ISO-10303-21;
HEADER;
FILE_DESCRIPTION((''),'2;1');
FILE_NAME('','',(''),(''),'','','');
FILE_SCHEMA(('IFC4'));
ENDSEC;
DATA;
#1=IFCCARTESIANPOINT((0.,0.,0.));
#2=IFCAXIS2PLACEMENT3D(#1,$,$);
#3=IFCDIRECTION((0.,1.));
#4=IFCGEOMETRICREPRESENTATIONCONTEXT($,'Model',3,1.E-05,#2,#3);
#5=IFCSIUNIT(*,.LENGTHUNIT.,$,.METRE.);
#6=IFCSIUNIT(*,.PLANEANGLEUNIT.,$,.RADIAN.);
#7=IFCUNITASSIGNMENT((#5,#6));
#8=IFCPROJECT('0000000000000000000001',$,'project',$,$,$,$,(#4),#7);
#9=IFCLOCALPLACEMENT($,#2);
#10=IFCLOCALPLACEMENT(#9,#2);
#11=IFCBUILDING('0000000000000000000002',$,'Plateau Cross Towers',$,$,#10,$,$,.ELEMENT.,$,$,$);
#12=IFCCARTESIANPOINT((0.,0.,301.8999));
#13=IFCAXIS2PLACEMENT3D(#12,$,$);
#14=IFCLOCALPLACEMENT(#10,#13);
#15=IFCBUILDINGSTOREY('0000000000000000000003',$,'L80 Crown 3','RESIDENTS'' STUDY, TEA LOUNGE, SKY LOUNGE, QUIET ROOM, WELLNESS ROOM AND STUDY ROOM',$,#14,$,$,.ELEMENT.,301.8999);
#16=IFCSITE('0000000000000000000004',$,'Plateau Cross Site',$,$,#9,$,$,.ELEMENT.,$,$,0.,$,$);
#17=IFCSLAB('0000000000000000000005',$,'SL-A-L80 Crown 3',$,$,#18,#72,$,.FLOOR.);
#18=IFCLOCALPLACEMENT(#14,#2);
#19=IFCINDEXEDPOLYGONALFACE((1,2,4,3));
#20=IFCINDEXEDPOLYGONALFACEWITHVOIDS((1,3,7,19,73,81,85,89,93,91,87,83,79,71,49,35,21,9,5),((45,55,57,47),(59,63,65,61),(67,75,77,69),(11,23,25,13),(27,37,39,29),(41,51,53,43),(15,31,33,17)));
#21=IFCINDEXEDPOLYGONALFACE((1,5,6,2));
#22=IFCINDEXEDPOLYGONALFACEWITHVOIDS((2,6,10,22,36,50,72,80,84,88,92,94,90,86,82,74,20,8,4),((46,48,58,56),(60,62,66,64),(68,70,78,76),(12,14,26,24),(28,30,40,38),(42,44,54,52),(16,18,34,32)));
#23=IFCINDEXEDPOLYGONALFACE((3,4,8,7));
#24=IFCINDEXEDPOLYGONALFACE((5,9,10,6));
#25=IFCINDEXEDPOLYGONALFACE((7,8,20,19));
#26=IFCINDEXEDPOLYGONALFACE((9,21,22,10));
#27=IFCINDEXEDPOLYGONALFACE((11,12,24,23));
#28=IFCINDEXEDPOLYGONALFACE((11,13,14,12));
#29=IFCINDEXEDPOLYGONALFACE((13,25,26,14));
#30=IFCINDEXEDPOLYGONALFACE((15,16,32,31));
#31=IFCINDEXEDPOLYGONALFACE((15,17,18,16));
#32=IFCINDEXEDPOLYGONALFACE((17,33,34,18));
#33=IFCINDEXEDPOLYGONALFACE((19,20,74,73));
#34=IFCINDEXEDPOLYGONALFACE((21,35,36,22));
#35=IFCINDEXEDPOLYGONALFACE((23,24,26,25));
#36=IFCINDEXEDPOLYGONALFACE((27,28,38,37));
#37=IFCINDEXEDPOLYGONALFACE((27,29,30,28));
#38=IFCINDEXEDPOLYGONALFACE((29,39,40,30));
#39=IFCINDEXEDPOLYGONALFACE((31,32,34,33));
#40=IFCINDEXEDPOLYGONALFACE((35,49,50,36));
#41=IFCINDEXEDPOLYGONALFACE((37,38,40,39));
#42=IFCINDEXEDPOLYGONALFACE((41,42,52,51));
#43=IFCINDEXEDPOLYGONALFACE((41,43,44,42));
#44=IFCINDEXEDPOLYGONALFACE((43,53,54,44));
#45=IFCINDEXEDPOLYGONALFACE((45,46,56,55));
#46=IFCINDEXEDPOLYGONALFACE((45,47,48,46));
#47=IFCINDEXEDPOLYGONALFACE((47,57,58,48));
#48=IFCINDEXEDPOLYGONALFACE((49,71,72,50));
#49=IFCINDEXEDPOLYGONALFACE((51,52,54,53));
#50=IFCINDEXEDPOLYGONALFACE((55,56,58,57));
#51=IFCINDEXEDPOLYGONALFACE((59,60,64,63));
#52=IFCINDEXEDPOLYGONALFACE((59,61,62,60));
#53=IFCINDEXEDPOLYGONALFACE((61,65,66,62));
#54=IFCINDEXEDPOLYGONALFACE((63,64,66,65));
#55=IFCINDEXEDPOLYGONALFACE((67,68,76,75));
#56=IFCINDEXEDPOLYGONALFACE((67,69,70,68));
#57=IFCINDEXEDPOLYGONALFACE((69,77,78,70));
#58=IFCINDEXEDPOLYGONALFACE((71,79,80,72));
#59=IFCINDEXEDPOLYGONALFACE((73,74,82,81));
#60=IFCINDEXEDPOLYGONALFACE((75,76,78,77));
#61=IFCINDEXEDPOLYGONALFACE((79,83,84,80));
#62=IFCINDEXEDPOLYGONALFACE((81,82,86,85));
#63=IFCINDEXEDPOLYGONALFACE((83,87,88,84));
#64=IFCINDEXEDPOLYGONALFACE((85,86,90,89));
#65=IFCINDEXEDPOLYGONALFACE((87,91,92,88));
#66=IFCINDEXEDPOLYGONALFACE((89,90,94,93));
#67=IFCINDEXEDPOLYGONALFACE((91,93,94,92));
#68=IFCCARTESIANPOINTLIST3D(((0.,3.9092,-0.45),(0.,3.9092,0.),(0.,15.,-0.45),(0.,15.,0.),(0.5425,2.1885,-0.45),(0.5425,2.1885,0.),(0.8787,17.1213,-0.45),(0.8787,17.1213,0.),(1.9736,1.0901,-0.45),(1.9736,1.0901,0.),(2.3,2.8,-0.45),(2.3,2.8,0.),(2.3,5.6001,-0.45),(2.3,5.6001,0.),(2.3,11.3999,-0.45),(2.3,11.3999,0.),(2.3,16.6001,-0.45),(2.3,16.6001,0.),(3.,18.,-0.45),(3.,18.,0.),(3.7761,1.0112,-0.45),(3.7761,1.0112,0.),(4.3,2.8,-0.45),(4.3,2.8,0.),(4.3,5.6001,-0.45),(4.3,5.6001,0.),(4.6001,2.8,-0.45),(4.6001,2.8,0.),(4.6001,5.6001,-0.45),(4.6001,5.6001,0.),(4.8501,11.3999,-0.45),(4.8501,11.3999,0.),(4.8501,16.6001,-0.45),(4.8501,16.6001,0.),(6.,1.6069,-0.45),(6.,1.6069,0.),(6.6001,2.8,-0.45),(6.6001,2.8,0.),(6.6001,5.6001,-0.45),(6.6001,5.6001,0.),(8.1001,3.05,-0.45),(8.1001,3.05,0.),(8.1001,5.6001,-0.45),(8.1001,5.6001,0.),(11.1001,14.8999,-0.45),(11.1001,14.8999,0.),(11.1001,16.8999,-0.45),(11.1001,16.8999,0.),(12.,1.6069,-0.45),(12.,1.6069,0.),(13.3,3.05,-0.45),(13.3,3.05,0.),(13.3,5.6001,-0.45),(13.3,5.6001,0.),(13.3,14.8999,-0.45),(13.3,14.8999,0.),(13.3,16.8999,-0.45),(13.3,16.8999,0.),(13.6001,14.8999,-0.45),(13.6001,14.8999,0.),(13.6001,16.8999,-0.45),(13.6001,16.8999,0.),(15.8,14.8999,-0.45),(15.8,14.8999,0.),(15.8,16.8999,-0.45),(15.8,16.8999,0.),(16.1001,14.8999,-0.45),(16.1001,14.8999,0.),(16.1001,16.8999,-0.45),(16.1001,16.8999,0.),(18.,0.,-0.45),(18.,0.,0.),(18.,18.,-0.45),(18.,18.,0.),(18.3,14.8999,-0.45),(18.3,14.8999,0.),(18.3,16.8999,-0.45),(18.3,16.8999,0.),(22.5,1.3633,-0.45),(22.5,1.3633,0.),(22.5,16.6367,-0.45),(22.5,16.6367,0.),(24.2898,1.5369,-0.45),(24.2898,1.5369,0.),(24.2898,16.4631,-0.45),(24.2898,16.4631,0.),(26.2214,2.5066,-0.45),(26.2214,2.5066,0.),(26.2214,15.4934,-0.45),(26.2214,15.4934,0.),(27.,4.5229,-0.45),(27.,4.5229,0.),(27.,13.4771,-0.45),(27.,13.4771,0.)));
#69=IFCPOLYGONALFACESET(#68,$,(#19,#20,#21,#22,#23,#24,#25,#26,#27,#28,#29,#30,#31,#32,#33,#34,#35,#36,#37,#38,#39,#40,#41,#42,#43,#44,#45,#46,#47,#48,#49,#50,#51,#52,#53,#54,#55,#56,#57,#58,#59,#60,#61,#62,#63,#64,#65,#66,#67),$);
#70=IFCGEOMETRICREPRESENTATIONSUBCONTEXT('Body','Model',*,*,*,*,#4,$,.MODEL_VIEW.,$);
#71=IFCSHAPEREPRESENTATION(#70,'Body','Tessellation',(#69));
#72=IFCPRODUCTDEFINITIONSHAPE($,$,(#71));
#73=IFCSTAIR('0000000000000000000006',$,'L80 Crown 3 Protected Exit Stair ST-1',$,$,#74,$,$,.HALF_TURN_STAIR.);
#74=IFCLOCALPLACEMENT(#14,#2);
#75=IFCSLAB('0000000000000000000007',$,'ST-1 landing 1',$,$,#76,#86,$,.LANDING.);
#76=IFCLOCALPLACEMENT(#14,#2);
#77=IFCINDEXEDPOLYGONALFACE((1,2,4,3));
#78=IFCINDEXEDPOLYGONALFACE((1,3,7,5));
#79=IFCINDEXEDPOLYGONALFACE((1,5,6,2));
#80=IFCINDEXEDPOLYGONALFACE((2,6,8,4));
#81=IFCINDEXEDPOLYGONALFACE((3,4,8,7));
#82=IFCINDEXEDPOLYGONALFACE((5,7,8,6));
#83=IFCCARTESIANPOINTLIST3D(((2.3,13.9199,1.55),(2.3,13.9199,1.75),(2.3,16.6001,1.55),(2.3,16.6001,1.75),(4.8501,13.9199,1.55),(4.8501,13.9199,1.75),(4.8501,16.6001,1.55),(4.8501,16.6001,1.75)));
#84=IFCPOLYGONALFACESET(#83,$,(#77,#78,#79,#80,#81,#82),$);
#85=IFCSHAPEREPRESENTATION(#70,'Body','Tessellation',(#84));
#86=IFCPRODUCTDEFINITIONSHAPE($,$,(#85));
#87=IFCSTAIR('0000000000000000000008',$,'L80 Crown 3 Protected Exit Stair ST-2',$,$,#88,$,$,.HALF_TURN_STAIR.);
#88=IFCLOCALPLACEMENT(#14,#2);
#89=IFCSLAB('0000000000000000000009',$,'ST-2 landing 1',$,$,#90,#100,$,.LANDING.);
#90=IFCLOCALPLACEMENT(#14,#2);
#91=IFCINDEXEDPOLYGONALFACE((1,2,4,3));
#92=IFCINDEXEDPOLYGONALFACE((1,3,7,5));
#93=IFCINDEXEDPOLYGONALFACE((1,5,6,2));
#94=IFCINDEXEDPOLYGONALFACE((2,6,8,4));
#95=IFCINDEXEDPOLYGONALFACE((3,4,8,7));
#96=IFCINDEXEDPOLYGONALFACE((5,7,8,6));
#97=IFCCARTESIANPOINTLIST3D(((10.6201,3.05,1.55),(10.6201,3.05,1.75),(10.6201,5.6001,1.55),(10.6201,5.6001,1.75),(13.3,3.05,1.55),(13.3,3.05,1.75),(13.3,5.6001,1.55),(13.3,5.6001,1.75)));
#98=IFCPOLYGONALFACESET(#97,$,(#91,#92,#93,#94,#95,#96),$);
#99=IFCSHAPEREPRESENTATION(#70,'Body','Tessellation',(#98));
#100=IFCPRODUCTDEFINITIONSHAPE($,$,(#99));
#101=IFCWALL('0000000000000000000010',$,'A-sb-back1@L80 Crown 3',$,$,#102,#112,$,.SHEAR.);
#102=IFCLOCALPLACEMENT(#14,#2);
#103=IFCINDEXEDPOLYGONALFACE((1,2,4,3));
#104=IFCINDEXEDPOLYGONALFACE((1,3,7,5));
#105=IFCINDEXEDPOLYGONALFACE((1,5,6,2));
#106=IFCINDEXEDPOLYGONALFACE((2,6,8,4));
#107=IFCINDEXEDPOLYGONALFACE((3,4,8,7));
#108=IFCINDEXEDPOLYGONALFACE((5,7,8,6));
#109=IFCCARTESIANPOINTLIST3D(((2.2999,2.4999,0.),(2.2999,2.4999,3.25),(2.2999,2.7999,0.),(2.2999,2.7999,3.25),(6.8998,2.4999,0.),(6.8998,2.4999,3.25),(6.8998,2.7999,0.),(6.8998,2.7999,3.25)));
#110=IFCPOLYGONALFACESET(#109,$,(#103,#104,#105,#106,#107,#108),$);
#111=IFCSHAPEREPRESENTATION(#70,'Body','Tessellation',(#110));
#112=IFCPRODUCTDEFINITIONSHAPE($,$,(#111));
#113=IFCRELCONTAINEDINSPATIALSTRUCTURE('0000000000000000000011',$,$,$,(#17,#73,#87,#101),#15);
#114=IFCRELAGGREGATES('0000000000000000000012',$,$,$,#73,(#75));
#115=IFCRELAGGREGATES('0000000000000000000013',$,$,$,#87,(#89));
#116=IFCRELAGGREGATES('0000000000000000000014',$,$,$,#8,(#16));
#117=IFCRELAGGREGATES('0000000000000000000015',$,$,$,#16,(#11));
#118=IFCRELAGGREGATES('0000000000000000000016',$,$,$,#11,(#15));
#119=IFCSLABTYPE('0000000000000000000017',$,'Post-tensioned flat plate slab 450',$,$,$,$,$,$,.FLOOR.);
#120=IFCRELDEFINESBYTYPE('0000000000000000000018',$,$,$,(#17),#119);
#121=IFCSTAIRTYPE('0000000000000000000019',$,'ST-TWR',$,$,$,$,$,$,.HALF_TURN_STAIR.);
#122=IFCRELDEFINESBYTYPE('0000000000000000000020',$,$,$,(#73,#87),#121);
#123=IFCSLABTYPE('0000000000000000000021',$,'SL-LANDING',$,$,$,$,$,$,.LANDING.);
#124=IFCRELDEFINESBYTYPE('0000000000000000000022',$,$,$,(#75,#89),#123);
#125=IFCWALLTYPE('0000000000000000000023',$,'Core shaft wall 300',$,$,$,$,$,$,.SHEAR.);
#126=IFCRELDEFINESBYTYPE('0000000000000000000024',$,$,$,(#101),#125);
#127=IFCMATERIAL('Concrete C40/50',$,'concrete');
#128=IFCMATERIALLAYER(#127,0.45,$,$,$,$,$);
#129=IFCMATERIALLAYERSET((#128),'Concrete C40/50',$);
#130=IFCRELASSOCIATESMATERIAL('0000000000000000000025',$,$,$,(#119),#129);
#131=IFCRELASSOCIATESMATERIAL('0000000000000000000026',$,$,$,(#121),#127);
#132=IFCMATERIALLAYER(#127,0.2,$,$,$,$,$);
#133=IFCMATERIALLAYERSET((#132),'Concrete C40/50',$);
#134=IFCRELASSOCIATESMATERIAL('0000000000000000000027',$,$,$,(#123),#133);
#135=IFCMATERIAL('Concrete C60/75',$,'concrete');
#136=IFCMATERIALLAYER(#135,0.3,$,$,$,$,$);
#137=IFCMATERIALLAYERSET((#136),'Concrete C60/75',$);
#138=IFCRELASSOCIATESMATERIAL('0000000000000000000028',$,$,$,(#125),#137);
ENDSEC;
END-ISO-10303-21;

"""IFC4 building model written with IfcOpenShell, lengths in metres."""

from ifc_helpers import new_model, si_unit, direction, frame, frame_2d, origin, place, context, subcontext, project, spatial, polyline, rectangle, outline, extrude, material, layer, layer_set, type_object, element, aggregate, save


model = new_model("IFC4")

# Units and contexts
model_context = context("Model", 3, precision=1e-05, world=origin(), true_north=direction((0.0, 1.0)))
body_context = subcontext(model_context, "Body", "Model", "MODEL_VIEW")
ifc_project = project(units=[si_unit("LENGTHUNIT", "METRE"), si_unit("PLANEANGLEUNIT", "RADIAN")], contexts=[model_context])

# Site, building, storey
site_placement = place(None, origin())
site = spatial("IfcSite", under=ifc_project, at=site_placement, Name="Plateau Cross Site", CompositionType="ELEMENT", RefElevation=0.0)
building_placement = place(site_placement, origin())
building = spatial("IfcBuilding", under=site, at=building_placement, Name="Plateau Cross Towers", CompositionType="ELEMENT")
storey_placement = place(building_placement, frame((0.0, 0.0, 301.8999)))
storey = spatial("IfcBuildingStorey", under=building, at=storey_placement, Name="L80 Crown 3", Description="RESIDENTS' STUDY, TEA LOUNGE, SKY LOUNGE, QUIET ROOM, WELLNESS ROOM AND STUDY ROOM", CompositionType="ELEMENT", Elevation=301.8999)

# Shared definitions
ifc_material_1 = material(Name="Concrete C60/75", Category="concrete")

# Slab
ifc_material_2 = material(Name="Concrete C40/50", Category="concrete")
ifc_layer_1 = layer(ifc_material_2, 0.45)
ifc_layer_set_1 = layer_set([ifc_layer_1], Name="Concrete C40/50")
slab_type_1 = type_object("IfcSlabType", Name="Post-tensioned flat plate slab 450", PredefinedType="FLOOR", material=ifc_layer_set_1)
slab_1_placement = place(storey_placement, frame((0.0, 0.0, -0.45)))
element("IfcSlab", 1, at=slab_1_placement, inside=storey, type_object=slab_type_1, Name="SL-A-L80 Crown 3", PredefinedType="FLOOR", context=body_context, shape_type="SweptSolid", body=[
    extrude(outline(polyline([(1.9736, 1.0901), (0.5425, 2.1885), (0.0, 3.9092), (0.0, 15.0), (0.8787, 17.1213), (3.0, 18.0), (18.0, 18.0), (22.5, 16.6367), (24.2898, 16.4631), (26.2214, 15.4934), (27.0, 13.4771), (27.0, 4.5229), (26.2214, 2.5066), (24.2898, 1.5369), (22.5, 1.3633), (18.0, 0.0), (12.0, 1.6069), (6.0, 1.6069), (3.7761, 1.0112), (1.9736, 1.0901)]), holes=[polyline([(2.3, 5.6001), (2.3, 2.8), (4.3, 2.8), (4.3, 5.6001), (2.3, 5.6001)]), polyline([(6.6001, 5.6001), (4.6001, 5.6001), (4.6001, 2.8), (6.6001, 2.8), (6.6001, 5.6001)]), polyline([(13.3, 5.6001), (8.1001, 5.6001), (8.1001, 3.05), (13.3, 3.05), (13.3, 5.6001)]), polyline([(2.3, 16.6001), (2.3, 11.3999), (4.8501, 11.3999), (4.8501, 16.6001), (2.3, 16.6001)]), polyline([(13.3, 16.8999), (11.1001, 16.8999), (11.1001, 14.8999), (13.3, 14.8999), (13.3, 16.8999)]), polyline([(15.8, 16.8999), (13.6001, 16.8999), (13.6001, 14.8999), (15.8, 14.8999), (15.8, 16.8999)]), polyline([(18.3, 16.8999), (16.1001, 16.8999), (16.1001, 14.8999), (18.3, 14.8999), (18.3, 16.8999)])]), origin(), (0.0, 0.0, 1.0), 0.45),
])

# Stairs, slabs
stair_type = type_object("IfcStairType", Name="ST-TWR", PredefinedType="HALF_TURN_STAIR", material=ifc_material_2)
stair_1_placement = place(storey_placement, origin())
stair_1 = element("IfcStair", 2, at=stair_1_placement, inside=storey, type_object=stair_type, Name="L80 Crown 3 Protected Exit Stair ST-1", PredefinedType="HALF_TURN_STAIR")
ifc_layer_2 = layer(ifc_material_2, 0.2)
ifc_layer_set_2 = layer_set([ifc_layer_2], Name="Concrete C40/50")
slab_type_2 = type_object("IfcSlabType", Name="SL-LANDING", PredefinedType="LANDING", material=ifc_layer_set_2)
slab_2_placement = place(storey_placement, frame((0.0, 0.0, 1.55)))
slab_2 = element("IfcSlab", 3, at=slab_2_placement, type_object=slab_type_2, Name="ST-1 landing 1", PredefinedType="LANDING", context=body_context, shape_type="SweptSolid", body=[
    extrude(outline(polyline([(4.8501, 13.9199), (4.8501, 16.6001), (2.3, 16.6001), (2.3, 13.9199), (4.8501, 13.9199)])), origin(), (0.0, 0.0, 1.0), 0.2),
])
aggregate(stair_1, [slab_2])
stair_2_placement = place(storey_placement, origin())
stair_2 = element("IfcStair", 4, at=stair_2_placement, inside=storey, type_object=stair_type, Name="L80 Crown 3 Protected Exit Stair ST-2", PredefinedType="HALF_TURN_STAIR")
slab_3_placement = place(storey_placement, frame((0.0, 0.0, 1.55)))
slab_3 = element("IfcSlab", 5, at=slab_3_placement, type_object=slab_type_2, Name="ST-2 landing 1", PredefinedType="LANDING", context=body_context, shape_type="SweptSolid", body=[
    extrude(outline(polyline([(10.6201, 3.05), (13.3, 3.05), (13.3, 5.6001), (10.6201, 5.6001), (10.6201, 3.05)])), origin(), (0.0, 0.0, 1.0), 0.2),
])
aggregate(stair_2, [slab_3])

# Wall
ifc_layer_3 = layer(ifc_material_1, 0.3)
ifc_layer_set_3 = layer_set([ifc_layer_3], Name="Concrete C60/75")
wall_type_1 = type_object("IfcWallType", Name="Core shaft wall 300", PredefinedType="SHEAR", material=ifc_layer_set_3)
wall_1_placement = place(storey_placement, frame((2.3, 2.6499, 0.0), z_axis=(0.0, 0.0, 1.0), x_axis=(1.0, 0.0, 0.0)))
element("IfcWall", 6, at=wall_1_placement, inside=storey, type_object=wall_type_1, Name="A-sb-back1@L80 Crown 3", PredefinedType="SHEAR", context=body_context, shape_type="SweptSolid", body=[
    extrude(rectangle(XDim=4.5999, YDim=0.3, at=frame_2d((2.2998, 0.0))), origin(), (0.0, 0.0, 1.0), 3.25),
])

save(model, "model.ifc")
